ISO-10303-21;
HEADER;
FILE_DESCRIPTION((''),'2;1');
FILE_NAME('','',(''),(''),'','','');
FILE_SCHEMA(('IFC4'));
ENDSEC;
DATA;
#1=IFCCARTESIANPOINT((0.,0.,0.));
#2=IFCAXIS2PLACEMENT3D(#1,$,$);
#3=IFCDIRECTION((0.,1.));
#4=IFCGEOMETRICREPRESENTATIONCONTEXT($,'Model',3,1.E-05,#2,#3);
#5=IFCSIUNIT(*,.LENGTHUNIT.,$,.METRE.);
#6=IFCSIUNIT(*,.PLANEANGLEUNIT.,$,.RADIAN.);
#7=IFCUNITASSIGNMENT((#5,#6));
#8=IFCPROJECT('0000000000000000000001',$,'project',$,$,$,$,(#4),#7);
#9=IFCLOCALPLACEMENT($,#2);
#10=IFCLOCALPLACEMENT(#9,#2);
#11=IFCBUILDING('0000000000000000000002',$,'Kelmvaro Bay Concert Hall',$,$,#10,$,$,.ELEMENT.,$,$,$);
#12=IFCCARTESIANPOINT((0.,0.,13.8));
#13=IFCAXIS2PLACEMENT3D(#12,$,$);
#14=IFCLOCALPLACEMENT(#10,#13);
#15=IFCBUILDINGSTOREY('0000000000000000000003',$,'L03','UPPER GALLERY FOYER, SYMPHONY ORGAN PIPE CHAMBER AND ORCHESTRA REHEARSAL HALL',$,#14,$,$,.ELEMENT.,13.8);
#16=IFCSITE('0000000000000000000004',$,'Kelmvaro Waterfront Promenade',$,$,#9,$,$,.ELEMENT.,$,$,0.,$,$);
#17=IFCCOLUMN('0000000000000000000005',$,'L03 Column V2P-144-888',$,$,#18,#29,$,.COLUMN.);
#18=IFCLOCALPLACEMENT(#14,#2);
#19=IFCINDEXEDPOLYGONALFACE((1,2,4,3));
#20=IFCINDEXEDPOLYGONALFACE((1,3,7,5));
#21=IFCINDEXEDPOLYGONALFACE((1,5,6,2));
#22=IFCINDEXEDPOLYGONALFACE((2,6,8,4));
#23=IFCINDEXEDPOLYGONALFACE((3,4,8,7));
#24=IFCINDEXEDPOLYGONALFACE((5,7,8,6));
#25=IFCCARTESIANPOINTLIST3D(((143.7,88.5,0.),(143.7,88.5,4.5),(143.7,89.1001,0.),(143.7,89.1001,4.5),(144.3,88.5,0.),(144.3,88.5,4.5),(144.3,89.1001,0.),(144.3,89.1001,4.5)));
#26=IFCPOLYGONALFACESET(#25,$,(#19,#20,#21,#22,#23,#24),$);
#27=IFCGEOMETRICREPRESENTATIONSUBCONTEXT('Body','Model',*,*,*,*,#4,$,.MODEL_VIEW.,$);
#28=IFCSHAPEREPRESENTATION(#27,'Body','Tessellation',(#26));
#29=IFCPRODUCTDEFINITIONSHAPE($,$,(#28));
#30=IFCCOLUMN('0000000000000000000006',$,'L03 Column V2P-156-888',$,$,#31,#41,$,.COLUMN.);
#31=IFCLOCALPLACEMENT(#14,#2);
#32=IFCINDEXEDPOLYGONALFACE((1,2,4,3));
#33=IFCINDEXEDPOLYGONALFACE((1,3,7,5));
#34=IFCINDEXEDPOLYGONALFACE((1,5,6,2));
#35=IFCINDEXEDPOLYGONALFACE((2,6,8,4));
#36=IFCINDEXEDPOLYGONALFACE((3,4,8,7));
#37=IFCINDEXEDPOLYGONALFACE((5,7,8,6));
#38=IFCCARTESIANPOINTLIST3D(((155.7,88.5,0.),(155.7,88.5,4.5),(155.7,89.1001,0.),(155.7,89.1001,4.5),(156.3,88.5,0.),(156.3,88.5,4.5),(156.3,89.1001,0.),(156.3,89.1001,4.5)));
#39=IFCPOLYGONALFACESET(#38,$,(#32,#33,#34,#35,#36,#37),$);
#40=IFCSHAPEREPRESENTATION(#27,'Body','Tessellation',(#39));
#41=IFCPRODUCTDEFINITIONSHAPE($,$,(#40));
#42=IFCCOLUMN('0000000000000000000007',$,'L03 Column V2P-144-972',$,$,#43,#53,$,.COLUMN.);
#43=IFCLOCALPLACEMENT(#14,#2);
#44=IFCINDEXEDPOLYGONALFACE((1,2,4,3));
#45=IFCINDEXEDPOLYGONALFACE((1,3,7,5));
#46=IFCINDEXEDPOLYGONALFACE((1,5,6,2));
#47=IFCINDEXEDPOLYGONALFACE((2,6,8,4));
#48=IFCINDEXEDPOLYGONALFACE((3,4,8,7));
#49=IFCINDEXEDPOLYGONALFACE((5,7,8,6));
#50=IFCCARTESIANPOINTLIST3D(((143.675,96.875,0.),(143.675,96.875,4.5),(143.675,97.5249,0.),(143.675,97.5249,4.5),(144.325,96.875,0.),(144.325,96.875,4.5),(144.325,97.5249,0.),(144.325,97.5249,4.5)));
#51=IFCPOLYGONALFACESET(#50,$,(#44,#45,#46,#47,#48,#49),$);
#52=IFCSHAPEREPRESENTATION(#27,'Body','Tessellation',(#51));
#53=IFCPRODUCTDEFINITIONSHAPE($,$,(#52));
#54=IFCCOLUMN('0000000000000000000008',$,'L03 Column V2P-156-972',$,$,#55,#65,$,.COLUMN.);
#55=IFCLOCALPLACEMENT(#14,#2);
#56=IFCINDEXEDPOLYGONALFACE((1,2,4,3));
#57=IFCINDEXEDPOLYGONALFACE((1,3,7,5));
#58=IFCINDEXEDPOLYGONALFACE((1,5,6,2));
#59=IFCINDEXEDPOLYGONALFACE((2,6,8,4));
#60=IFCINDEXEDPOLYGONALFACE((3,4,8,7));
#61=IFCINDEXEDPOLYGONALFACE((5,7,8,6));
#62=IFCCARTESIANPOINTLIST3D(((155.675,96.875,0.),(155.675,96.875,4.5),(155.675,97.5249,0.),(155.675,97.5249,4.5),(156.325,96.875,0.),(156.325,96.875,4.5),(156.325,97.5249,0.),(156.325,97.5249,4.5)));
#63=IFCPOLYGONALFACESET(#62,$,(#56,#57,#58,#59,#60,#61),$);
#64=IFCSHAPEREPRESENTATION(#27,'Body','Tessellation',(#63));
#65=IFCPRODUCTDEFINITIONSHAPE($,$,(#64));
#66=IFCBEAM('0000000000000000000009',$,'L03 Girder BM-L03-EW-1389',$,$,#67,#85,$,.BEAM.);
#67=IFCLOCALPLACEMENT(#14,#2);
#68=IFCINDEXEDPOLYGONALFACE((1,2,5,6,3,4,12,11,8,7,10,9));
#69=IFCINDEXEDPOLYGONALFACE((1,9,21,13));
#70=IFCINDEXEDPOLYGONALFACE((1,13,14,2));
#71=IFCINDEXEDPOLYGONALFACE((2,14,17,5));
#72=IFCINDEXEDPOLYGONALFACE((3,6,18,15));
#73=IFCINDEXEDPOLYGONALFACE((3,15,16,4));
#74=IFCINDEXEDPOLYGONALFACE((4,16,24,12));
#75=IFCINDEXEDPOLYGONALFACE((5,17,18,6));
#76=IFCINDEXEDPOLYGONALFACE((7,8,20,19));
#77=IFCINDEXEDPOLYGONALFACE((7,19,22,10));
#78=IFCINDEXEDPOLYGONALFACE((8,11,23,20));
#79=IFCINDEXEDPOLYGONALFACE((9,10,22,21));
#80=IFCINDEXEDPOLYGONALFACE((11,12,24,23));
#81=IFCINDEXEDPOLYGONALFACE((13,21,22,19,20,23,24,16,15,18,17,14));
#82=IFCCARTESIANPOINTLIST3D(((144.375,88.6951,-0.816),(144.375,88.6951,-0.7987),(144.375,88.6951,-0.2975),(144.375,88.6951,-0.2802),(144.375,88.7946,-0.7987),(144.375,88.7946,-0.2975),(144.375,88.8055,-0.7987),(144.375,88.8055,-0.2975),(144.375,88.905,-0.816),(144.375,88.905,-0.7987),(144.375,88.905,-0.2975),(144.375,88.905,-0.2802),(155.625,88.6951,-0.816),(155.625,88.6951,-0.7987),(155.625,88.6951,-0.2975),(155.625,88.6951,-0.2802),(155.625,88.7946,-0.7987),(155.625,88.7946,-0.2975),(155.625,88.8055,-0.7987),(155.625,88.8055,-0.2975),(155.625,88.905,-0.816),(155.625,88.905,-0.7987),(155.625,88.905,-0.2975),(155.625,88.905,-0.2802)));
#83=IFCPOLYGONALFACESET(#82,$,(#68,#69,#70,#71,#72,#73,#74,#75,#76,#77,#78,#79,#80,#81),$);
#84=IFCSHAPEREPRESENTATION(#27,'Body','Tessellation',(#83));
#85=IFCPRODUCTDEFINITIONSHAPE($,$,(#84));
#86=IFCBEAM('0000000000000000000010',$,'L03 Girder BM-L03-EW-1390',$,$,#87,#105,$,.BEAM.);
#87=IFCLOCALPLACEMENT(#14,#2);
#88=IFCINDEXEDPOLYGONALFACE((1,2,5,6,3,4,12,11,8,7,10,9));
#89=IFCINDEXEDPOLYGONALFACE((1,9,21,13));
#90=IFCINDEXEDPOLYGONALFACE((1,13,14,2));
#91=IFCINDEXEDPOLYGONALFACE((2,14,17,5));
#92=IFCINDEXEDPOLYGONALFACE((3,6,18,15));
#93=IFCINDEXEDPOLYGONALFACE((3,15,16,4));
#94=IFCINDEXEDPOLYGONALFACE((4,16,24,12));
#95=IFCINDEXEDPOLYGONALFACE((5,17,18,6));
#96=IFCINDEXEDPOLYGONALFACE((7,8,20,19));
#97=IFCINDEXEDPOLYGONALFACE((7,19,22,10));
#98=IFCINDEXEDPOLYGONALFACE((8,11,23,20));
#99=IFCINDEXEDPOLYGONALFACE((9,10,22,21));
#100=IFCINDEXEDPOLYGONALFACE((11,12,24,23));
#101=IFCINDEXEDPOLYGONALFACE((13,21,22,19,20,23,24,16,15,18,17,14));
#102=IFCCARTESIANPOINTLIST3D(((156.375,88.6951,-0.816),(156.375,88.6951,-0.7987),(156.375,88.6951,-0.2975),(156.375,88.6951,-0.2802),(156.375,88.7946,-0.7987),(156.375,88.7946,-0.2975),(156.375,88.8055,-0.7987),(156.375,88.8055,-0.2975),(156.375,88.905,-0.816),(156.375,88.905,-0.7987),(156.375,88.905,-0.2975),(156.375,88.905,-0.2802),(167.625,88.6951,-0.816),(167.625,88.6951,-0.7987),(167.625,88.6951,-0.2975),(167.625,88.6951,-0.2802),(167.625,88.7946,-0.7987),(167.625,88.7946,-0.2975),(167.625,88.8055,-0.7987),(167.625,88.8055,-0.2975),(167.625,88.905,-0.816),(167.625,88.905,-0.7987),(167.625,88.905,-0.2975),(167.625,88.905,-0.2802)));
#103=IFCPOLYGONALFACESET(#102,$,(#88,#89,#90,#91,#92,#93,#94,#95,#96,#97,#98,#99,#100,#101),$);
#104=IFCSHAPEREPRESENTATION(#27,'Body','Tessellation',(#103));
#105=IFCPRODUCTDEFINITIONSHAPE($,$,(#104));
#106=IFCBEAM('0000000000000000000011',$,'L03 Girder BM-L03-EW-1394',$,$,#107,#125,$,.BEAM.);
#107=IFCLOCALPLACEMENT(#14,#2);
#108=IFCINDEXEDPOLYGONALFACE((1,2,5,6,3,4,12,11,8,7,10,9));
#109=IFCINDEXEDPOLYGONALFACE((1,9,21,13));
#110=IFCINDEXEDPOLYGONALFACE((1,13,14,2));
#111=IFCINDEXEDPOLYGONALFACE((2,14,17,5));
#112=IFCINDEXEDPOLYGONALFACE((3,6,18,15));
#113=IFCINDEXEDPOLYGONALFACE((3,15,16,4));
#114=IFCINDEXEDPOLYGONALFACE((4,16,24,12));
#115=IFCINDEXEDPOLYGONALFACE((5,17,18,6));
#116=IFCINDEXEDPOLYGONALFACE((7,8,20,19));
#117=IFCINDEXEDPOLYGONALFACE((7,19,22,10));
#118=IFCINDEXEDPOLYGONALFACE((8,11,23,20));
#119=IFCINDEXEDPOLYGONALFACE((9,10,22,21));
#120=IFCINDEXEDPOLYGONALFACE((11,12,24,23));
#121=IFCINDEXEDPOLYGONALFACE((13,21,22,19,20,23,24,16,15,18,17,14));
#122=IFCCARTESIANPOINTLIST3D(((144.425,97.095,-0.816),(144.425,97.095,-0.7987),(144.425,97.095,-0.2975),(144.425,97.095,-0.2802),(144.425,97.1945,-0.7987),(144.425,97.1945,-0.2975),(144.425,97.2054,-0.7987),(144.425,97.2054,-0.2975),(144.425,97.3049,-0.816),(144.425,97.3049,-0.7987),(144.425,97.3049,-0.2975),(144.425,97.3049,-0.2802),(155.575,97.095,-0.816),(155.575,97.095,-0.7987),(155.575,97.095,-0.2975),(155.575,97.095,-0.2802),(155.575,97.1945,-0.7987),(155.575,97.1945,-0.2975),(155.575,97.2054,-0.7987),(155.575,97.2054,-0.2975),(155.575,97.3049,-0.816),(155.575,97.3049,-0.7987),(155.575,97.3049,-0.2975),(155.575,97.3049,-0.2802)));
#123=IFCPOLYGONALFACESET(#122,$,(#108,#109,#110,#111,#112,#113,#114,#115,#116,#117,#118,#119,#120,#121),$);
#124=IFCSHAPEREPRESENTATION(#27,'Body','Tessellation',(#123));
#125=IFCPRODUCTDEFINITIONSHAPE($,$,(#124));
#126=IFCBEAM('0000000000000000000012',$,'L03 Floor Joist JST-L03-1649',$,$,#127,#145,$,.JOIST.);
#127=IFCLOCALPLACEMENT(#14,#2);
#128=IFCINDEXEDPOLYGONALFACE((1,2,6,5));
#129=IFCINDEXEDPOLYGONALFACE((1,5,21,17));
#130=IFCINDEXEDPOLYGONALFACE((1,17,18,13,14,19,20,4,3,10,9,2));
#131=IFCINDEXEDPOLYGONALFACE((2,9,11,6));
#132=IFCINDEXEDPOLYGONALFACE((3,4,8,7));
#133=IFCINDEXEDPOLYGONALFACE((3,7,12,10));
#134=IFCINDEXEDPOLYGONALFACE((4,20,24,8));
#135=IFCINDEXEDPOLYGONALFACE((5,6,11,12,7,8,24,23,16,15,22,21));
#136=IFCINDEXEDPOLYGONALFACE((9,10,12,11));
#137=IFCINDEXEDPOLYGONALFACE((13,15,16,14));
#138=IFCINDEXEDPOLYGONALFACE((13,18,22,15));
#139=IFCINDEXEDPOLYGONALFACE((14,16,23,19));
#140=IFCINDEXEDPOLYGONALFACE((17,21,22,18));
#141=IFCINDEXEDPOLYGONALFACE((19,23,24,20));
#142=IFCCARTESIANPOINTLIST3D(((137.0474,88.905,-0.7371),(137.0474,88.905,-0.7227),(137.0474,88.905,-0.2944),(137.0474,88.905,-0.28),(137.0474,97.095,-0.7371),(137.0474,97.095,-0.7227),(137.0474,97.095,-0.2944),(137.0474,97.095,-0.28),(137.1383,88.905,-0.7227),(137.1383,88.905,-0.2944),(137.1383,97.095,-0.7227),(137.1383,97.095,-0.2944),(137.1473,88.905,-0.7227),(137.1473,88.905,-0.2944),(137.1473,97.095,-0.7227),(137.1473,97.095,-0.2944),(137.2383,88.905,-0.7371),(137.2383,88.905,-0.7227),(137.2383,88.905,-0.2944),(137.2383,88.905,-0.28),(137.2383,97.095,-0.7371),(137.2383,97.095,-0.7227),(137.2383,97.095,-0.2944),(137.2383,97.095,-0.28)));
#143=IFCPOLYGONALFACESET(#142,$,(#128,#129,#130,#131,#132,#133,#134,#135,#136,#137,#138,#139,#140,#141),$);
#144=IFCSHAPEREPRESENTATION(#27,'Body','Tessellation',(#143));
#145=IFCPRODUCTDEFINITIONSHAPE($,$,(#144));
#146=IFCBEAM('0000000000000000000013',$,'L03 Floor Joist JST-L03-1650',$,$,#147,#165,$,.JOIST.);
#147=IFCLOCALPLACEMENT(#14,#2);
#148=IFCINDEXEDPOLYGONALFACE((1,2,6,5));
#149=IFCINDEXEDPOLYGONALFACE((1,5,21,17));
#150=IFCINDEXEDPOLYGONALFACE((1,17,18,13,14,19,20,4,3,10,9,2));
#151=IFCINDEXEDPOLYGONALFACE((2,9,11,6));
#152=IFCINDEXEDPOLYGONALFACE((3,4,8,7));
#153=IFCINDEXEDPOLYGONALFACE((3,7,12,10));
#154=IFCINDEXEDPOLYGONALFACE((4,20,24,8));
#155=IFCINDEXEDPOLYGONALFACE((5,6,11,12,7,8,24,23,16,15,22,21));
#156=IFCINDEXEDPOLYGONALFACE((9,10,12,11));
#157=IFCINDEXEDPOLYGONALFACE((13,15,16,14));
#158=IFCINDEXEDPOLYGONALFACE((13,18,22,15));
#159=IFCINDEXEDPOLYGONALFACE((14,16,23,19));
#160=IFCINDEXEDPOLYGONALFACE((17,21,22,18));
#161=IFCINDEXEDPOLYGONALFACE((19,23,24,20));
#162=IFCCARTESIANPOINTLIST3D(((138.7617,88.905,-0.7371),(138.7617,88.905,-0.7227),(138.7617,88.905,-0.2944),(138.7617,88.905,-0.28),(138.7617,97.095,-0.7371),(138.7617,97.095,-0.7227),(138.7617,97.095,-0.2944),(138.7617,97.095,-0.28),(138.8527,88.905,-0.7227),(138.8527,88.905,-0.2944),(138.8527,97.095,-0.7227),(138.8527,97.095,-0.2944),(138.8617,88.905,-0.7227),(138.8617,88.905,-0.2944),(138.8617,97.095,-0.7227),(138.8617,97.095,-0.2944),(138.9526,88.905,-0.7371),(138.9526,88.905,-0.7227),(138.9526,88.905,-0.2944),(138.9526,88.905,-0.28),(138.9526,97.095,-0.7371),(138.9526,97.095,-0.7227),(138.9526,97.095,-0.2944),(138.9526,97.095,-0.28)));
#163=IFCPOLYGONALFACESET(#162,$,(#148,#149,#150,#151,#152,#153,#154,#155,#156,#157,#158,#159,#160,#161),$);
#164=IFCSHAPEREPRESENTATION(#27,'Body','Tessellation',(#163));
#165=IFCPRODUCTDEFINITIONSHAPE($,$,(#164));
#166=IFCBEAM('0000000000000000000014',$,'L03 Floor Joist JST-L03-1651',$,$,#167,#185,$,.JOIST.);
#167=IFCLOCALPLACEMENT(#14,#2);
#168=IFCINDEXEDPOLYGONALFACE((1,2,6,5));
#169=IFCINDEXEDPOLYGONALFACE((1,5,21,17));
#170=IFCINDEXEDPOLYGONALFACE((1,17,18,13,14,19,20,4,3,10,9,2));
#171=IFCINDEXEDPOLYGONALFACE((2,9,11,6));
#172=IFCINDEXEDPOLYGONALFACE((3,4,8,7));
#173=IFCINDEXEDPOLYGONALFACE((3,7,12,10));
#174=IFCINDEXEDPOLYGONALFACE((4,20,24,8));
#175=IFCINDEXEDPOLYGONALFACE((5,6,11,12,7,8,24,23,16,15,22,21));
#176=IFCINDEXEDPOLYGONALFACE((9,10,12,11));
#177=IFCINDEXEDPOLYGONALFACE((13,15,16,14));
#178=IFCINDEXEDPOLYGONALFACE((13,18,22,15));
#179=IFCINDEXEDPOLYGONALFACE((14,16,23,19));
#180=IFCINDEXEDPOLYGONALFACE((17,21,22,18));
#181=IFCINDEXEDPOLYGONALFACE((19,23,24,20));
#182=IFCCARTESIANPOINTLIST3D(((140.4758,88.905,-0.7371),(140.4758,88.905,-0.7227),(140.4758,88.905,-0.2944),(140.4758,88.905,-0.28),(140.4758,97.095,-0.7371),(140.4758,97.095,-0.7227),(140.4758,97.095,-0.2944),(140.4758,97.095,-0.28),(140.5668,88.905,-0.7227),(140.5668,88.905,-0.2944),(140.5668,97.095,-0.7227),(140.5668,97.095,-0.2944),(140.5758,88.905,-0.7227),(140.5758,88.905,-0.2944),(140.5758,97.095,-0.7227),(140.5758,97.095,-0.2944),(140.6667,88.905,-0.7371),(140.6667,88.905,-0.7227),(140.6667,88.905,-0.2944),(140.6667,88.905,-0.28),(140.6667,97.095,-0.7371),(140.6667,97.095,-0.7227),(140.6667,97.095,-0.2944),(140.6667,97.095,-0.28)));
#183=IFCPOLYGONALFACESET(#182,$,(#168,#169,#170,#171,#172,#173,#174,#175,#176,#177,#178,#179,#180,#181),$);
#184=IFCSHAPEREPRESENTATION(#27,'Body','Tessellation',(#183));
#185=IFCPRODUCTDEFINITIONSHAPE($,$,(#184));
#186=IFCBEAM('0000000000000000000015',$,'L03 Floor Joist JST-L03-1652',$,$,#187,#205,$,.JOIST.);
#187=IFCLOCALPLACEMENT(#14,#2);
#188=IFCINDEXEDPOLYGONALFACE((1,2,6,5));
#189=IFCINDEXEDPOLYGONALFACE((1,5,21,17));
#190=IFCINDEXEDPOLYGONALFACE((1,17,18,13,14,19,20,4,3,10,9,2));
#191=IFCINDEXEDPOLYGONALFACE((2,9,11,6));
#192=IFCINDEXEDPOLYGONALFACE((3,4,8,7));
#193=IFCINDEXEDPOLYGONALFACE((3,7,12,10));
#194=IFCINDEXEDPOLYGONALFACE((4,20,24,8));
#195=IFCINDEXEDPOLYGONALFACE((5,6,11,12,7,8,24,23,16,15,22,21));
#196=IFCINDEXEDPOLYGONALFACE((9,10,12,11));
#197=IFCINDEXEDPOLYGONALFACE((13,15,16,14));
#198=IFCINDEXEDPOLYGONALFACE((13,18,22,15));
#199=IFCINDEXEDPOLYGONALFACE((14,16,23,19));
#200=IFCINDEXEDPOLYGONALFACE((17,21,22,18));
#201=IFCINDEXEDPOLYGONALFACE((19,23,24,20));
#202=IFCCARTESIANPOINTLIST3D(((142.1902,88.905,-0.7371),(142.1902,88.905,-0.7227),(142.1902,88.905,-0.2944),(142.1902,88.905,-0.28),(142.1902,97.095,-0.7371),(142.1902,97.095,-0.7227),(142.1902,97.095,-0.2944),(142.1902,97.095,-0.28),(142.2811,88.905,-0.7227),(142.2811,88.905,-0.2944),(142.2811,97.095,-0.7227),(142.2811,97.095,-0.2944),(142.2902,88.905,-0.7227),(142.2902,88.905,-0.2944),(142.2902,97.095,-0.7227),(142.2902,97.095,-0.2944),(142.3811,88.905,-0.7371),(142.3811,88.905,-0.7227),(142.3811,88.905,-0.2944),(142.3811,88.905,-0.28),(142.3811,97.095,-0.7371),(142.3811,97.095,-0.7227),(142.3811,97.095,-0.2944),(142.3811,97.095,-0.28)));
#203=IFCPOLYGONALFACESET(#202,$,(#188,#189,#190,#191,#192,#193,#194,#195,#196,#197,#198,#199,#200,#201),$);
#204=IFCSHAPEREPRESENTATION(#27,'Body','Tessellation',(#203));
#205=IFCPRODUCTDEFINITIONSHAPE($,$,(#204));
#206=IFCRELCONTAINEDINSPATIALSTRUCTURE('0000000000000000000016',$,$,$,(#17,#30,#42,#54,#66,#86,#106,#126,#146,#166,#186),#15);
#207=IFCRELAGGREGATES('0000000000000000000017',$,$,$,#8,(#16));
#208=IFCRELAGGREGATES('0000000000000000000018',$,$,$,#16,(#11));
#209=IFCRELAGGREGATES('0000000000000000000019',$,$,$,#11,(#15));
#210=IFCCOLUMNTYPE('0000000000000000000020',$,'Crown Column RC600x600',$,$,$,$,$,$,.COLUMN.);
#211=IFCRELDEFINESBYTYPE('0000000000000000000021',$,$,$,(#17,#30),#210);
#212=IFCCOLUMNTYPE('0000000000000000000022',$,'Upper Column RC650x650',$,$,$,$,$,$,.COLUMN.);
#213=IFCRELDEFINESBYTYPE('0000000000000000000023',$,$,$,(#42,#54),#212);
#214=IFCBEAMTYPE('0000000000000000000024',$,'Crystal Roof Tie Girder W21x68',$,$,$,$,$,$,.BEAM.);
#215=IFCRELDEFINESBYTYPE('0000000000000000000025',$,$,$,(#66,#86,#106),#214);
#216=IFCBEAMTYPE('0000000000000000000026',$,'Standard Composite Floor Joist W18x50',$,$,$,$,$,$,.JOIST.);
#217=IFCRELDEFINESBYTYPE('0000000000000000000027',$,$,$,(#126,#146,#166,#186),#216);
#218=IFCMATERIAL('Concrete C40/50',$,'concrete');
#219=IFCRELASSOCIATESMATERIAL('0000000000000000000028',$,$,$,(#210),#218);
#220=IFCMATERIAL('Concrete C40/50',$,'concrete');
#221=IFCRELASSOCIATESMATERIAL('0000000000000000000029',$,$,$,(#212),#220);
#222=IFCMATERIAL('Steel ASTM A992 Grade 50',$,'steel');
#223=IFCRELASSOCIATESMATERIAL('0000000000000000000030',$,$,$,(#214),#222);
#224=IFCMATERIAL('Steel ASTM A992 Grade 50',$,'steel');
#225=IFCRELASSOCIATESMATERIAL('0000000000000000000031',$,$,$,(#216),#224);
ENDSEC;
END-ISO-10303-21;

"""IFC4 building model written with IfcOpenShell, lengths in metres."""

from ifc_helpers import new_model, si_unit, direction, frame, origin, origin_2d, place, context, subcontext, project, spatial, rectangle, i_section, extrude, material, material_profile, profile_set, type_object, element, save


model = new_model("IFC4")

# Units and contexts
model_context = context("Model", 3, precision=1e-05, world=origin(), true_north=direction((0.0, 1.0)))
body_context = subcontext(model_context, "Body", "Model", "MODEL_VIEW")
ifc_project = project(units=[si_unit("LENGTHUNIT", "METRE"), si_unit("PLANEANGLEUNIT", "RADIAN")], contexts=[model_context])

# Site, building, storey
site_placement = place(None, origin())
site = spatial("IfcSite", under=ifc_project, at=site_placement, Name="Kelmvaro Waterfront Promenade", CompositionType="ELEMENT", RefElevation=0.0)
building_placement = place(site_placement, origin())
building = spatial("IfcBuilding", under=site, at=building_placement, Name="Kelmvaro Bay Concert Hall", CompositionType="ELEMENT")
storey_placement = place(building_placement, frame((0.0, 0.0, 13.8)))
storey = spatial("IfcBuildingStorey", under=building, at=storey_placement, Name="L03", Description="UPPER GALLERY FOYER, SYMPHONY ORGAN PIPE CHAMBER AND ORCHESTRA REHEARSAL HALL", CompositionType="ELEMENT", Elevation=13.8)

# Columns
ifc_material_1 = material(Name="Concrete C40/50", Category="concrete")
ifc_material_profile_1 = material_profile(ifc_material_1, rectangle(XDim=0.6001, YDim=0.6001, at=origin_2d()), Name="RC-COL-600X600")
ifc_profile_set_1 = profile_set([ifc_material_profile_1], Name="Concrete C40/50")
column_type_1 = type_object("IfcColumnType", Name="Crown Column RC600x600", PredefinedType="COLUMN", material=ifc_profile_set_1)
for number, where, z_axis, x_axis, name in (
    (1, (144.0, 88.8, 0.0), (0.0, 0.0, 1.0), (1.0, 0.0, 0.0), "L03 Column V2P-144-888"),
    (2, (156.0, 88.8, 0.0), (0.0, 0.0, 1.0), (1.0, 0.0, 0.0), "L03 Column V2P-156-888"),
):
    element("IfcColumn", number, at=place(storey_placement, frame(where, z_axis=z_axis, x_axis=x_axis)), inside=storey, type_object=column_type_1, Name=name, PredefinedType="COLUMN", context=body_context, shape_type="SweptSolid", body=[
        extrude(rectangle(XDim=0.6001, YDim=0.6001, at=origin_2d()), origin(), (0.0, 0.0, 1.0), 4.5),
    ])
ifc_material_2 = material(Name="Concrete C40/50", Category="concrete")
ifc_material_profile_2 = material_profile(ifc_material_2, rectangle(XDim=0.6499, YDim=0.6499, at=origin_2d()), Name="RC-COL-650X650")
ifc_profile_set_2 = profile_set([ifc_material_profile_2], Name="Concrete C40/50")
column_type_2 = type_object("IfcColumnType", Name="Upper Column RC650x650", PredefinedType="COLUMN", material=ifc_profile_set_2)
for number, where, z_axis, x_axis, name in (
    (3, (144.0, 97.2, 0.0), (0.0, 0.0, 1.0), (1.0, 0.0, 0.0), "L03 Column V2P-144-972"),
    (4, (156.0, 97.2, 0.0), (0.0, 0.0, 1.0), (1.0, 0.0, 0.0), "L03 Column V2P-156-972"),
):
    element("IfcColumn", number, at=place(storey_placement, frame(where, z_axis=z_axis, x_axis=x_axis)), inside=storey, type_object=column_type_2, Name=name, PredefinedType="COLUMN", context=body_context, shape_type="SweptSolid", body=[
        extrude(rectangle(XDim=0.6499, YDim=0.6499, at=origin_2d()), origin(), (0.0, 0.0, 1.0), 4.5),
    ])

# Beams
ifc_material_3 = material(Name="Steel ASTM A992 Grade 50", Category="steel")
ifc_material_profile_3 = material_profile(ifc_material_3, i_section(OverallWidth=0.21, OverallDepth=0.5359, WebThickness=0.011, FlangeThickness=0.0173, at=origin_2d()), Name="W21X68")
ifc_profile_set_3 = profile_set([ifc_material_profile_3], Name="Steel ASTM A992 Grade 50")
beam_type_1 = type_object("IfcBeamType", Name="Crystal Roof Tie Girder W21x68", PredefinedType="BEAM", material=ifc_profile_set_3)
for number, where, z_axis, x_axis, name in (
    (5, (144.375, 88.8, -0.5481), (1.0, 0.0, 0.0), (0.0, 1.0, 0.0), "L03 Girder BM-L03-EW-1389"),
    (6, (156.375, 88.8, -0.5481), (1.0, 0.0, 0.0), (0.0, 1.0, 0.0), "L03 Girder BM-L03-EW-1390"),
):
    element("IfcBeam", number, at=place(storey_placement, frame(where, z_axis=z_axis, x_axis=x_axis)), inside=storey, type_object=beam_type_1, Name=name, PredefinedType="BEAM", context=body_context, shape_type="SweptSolid", body=[
        extrude(i_section(OverallWidth=0.21, OverallDepth=0.5359, WebThickness=0.011, FlangeThickness=0.0173, at=origin_2d()), origin(), (0.0, 0.0, 1.0), 11.25),
    ])
beam_placement = place(storey_placement, frame((144.425, 97.2, -0.5481), z_axis=(1.0, 0.0, 0.0), x_axis=(0.0, 1.0, 0.0)))
element("IfcBeam", 7, at=beam_placement, inside=storey, type_object=beam_type_1, Name="L03 Girder BM-L03-EW-1394", PredefinedType="BEAM", context=body_context, shape_type="SweptSolid", body=[
    extrude(i_section(OverallWidth=0.21, OverallDepth=0.5359, WebThickness=0.011, FlangeThickness=0.0173, at=origin_2d()), origin(), (0.0, 0.0, 1.0), 11.1499),
])
ifc_material_4 = material(Name="Steel ASTM A992 Grade 50", Category="steel")
ifc_material_profile_4 = material_profile(ifc_material_4, i_section(OverallWidth=0.1909, OverallDepth=0.457, WebThickness=0.009, FlangeThickness=0.0144, at=origin_2d()), Name="W18X50")
ifc_profile_set_4 = profile_set([ifc_material_profile_4], Name="Steel ASTM A992 Grade 50")
beam_type_2 = type_object("IfcBeamType", Name="Standard Composite Floor Joist W18x50", PredefinedType="JOIST", material=ifc_profile_set_4)
for number, where, z_axis, x_axis, name in (
    (8, (137.1428, 88.905, -0.5085), (0.0, 1.0, 0.0), (-1.0, 0.0, 0.0), "L03 Floor Joist JST-L03-1649"),
    (9, (138.8572, 88.905, -0.5085), (0.0, 1.0, 0.0), (-1.0, 0.0, 0.0), "L03 Floor Joist JST-L03-1650"),
    (10, (140.5713, 88.905, -0.5085), (0.0, 1.0, 0.0), (-1.0, 0.0, 0.0), "L03 Floor Joist JST-L03-1651"),
    (11, (142.2856, 88.905, -0.5085), (0.0, 1.0, 0.0), (-1.0, 0.0, 0.0), "L03 Floor Joist JST-L03-1652"),
):
    element("IfcBeam", number, at=place(storey_placement, frame(where, z_axis=z_axis, x_axis=x_axis)), inside=storey, type_object=beam_type_2, Name=name, PredefinedType="JOIST", context=body_context, shape_type="SweptSolid", body=[
        extrude(i_section(OverallWidth=0.1909, OverallDepth=0.457, WebThickness=0.009, FlangeThickness=0.0144, at=origin_2d()), origin(), (0.0, 0.0, 1.0), 8.1899),
    ])

save(model, "model.ifc")
